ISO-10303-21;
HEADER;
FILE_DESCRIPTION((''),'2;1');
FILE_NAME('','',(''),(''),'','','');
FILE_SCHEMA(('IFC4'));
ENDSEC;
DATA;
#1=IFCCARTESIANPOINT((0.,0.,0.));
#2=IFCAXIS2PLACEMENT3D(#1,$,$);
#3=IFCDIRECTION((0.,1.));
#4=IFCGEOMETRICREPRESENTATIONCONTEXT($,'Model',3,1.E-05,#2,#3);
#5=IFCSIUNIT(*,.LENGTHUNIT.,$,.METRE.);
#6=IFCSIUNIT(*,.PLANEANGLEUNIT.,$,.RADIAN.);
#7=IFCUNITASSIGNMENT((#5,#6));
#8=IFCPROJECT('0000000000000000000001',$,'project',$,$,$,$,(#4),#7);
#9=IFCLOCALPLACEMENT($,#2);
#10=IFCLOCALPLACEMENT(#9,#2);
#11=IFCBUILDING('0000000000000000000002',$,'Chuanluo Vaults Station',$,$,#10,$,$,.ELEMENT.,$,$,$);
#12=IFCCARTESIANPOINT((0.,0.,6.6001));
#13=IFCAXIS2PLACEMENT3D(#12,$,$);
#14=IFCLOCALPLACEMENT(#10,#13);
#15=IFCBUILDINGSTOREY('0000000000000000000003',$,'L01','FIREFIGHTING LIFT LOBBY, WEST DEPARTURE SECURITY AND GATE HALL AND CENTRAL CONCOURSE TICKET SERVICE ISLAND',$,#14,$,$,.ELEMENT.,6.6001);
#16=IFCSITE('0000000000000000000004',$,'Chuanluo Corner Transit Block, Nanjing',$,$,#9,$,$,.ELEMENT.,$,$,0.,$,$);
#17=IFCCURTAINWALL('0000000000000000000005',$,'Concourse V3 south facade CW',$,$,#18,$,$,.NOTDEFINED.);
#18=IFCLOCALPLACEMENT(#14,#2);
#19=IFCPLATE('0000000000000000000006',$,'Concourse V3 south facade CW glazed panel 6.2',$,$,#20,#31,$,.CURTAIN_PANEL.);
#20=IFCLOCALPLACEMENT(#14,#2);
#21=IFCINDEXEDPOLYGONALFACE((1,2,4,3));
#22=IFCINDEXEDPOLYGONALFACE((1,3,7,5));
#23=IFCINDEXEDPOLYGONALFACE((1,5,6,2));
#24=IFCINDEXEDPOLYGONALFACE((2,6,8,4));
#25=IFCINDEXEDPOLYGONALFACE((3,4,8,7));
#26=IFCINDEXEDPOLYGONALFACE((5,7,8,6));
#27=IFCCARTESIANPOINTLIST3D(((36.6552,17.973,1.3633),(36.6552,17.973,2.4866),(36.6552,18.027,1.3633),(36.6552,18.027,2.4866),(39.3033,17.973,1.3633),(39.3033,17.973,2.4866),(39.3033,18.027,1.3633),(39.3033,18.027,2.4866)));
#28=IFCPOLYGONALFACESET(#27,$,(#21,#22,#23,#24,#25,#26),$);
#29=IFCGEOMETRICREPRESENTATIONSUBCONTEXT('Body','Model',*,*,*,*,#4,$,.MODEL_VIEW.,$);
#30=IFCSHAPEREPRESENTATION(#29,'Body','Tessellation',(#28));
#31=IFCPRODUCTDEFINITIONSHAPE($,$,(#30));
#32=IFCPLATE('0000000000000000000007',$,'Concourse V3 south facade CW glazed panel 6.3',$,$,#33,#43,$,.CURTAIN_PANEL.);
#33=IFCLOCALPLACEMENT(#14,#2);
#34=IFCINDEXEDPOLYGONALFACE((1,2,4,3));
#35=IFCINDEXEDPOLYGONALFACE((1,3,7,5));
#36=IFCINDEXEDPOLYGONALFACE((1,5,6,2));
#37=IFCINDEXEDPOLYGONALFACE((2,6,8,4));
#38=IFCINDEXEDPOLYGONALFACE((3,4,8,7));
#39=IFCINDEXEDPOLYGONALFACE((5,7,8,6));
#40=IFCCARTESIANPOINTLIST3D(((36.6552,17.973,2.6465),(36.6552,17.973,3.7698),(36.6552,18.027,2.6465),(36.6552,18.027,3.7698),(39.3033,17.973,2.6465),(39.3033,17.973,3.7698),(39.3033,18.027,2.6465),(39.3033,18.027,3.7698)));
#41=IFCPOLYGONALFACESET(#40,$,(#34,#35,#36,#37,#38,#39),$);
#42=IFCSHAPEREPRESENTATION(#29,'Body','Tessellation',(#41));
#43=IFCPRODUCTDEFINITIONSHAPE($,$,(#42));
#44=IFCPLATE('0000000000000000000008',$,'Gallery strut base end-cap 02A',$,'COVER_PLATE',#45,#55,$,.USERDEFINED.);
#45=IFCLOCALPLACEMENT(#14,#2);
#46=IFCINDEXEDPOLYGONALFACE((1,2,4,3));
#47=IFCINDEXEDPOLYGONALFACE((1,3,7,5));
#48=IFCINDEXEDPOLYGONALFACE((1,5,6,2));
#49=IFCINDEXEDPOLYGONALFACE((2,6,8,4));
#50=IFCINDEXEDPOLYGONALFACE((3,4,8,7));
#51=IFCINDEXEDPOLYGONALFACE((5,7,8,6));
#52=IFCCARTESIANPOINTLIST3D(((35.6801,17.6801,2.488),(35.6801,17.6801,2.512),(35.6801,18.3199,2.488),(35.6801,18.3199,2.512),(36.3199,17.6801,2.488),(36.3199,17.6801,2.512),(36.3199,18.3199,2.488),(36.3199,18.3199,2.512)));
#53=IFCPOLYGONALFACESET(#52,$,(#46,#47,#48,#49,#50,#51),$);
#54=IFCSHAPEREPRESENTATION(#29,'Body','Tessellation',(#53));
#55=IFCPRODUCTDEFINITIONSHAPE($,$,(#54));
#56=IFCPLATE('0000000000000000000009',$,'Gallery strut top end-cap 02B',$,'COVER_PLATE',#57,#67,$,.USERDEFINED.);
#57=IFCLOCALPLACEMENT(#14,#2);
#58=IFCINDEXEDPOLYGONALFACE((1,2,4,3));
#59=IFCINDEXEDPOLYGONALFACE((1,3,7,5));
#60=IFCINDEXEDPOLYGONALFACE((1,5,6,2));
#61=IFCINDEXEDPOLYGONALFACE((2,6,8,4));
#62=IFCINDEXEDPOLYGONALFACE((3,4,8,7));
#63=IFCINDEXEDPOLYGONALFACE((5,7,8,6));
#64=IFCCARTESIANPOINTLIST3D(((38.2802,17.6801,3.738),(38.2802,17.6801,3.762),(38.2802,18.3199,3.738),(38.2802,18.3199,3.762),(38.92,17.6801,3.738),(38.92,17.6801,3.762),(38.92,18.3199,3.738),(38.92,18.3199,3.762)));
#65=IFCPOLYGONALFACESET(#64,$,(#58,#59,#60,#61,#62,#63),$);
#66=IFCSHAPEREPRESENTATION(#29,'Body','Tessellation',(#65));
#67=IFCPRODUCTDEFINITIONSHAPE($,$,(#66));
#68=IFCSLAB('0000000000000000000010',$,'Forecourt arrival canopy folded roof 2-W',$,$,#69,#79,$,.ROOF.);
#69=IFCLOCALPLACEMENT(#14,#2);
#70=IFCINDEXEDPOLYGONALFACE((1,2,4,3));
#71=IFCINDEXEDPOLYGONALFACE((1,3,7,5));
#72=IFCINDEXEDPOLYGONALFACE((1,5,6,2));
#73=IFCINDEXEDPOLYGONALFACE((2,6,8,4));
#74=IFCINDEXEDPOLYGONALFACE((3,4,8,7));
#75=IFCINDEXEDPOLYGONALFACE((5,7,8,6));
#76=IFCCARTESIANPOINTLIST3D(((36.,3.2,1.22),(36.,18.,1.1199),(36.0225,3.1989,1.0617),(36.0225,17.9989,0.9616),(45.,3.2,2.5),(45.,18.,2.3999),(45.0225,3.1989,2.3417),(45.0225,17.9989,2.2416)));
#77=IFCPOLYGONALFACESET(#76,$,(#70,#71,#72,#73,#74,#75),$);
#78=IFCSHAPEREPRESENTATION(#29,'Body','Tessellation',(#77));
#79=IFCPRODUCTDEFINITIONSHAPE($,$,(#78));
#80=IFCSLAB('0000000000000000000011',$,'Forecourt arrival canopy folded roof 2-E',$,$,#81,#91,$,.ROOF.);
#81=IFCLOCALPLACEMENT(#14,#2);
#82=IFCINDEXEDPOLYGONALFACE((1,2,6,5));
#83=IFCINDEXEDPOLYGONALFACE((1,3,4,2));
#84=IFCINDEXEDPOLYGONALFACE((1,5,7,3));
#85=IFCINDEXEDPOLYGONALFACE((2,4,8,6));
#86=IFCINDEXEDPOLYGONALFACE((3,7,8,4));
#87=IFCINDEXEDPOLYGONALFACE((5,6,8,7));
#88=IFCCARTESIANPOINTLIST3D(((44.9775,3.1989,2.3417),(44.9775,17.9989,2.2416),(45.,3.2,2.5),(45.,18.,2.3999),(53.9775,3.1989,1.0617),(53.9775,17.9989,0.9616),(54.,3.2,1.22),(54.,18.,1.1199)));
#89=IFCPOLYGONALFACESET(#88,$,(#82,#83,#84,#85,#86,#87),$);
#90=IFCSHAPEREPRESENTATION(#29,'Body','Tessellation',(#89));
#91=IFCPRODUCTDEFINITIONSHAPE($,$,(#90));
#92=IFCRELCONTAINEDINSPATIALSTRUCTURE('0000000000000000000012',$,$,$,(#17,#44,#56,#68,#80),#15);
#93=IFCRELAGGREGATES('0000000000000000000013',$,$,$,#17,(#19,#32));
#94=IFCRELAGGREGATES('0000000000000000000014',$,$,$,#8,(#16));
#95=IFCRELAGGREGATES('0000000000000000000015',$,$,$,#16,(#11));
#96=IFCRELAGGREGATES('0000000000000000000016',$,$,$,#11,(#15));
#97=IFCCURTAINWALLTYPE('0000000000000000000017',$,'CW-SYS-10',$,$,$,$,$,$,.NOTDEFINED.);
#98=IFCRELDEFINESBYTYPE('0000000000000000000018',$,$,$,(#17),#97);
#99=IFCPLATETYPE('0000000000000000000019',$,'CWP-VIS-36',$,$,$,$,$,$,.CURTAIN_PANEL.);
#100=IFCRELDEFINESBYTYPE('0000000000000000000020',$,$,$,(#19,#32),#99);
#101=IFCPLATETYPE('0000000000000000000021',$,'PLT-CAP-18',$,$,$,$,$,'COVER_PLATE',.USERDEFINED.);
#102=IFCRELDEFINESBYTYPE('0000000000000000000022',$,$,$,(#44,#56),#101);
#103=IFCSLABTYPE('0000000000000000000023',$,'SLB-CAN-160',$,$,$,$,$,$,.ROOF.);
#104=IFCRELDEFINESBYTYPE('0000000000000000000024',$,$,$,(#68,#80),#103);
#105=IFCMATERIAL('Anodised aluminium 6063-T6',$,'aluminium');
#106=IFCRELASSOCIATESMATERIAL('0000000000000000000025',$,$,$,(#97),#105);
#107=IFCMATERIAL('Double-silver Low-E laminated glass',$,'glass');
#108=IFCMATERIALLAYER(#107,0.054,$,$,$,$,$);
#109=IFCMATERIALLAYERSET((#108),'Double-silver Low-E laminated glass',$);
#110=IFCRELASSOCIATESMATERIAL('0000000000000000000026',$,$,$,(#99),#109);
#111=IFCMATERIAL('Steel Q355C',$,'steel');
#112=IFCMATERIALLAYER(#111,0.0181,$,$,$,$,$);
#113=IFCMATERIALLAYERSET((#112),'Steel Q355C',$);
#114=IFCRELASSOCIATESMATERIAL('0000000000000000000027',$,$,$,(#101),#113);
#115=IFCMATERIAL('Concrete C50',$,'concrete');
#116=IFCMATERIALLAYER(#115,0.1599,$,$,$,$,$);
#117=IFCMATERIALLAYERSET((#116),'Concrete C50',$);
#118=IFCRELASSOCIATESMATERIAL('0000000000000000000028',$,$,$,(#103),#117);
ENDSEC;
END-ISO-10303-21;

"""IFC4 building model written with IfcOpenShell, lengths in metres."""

from ifc_helpers import new_model, si_unit, direction, frame, origin, origin_2d, place, context, subcontext, project, spatial, polyline, rectangle, outline, extrude, material, layer, layer_set, type_object, element, aggregate, save


model = new_model("IFC4")

# Units and contexts
model_context = context("Model", 3, precision=1e-05, world=origin(), true_north=direction((0.0, 1.0)))
body_context = subcontext(model_context, "Body", "Model", "MODEL_VIEW")
ifc_project = project(units=[si_unit("LENGTHUNIT", "METRE"), si_unit("PLANEANGLEUNIT", "RADIAN")], contexts=[model_context])

# Site, building, storey
site_placement = place(None, origin())
site = spatial("IfcSite", under=ifc_project, at=site_placement, Name="Chuanluo Corner Transit Block, Nanjing", CompositionType="ELEMENT", RefElevation=0.0)
building_placement = place(site_placement, origin())
building = spatial("IfcBuilding", under=site, at=building_placement, Name="Chuanluo Vaults Station", CompositionType="ELEMENT")
storey_placement = place(building_placement, frame((0.0, 0.0, 6.6001)))
storey = spatial("IfcBuildingStorey", under=building, at=storey_placement, Name="L01", Description="FIREFIGHTING LIFT LOBBY, WEST DEPARTURE SECURITY AND GATE HALL AND CENTRAL CONCOURSE TICKET SERVICE ISLAND", CompositionType="ELEMENT", Elevation=6.6001)

# Curtain wall
ifc_material_1 = material(Name="Anodised aluminium 6063-T6", Category="aluminium")
curtain_wall_type = type_object("IfcCurtainWallType", Name="CW-SYS-10", PredefinedType="NOTDEFINED", material=ifc_material_1)
curtain_wall_placement = place(storey_placement, origin())
curtain_wall = element("IfcCurtainWall", 1, at=curtain_wall_placement, inside=storey, type_object=curtain_wall_type, Name="Concourse V3 south facade CW", PredefinedType="NOTDEFINED")

# Plates
ifc_material_2 = material(Name="Double-silver Low-E laminated glass", Category="glass")
ifc_layer_1 = layer(ifc_material_2, 0.054)
ifc_layer_set_1 = layer_set([ifc_layer_1], Name="Double-silver Low-E laminated glass")
plate_type_1 = type_object("IfcPlateType", Name="CWP-VIS-36", PredefinedType="CURTAIN_PANEL", material=ifc_layer_set_1)
plate_1_placement = place(storey_placement, frame((37.9792, 18.0, 1.3633), z_axis=(0.0, 0.0, 1.0), x_axis=(-1.0, 0.0, 0.0)))
plate_1 = element("IfcPlate", 2, at=plate_1_placement, type_object=plate_type_1, Name="Concourse V3 south facade CW glazed panel 6.2", PredefinedType="CURTAIN_PANEL", context=body_context, shape_type="SweptSolid", body=[
    extrude(rectangle(XDim=2.6482, YDim=0.054, at=origin_2d()), origin(), (0.0, 0.0, 1.0), 1.1233),
])
plate_2_placement = place(storey_placement, frame((37.9792, 18.0, 2.6465), z_axis=(0.0, 0.0, 1.0), x_axis=(-1.0, 0.0, 0.0)))
plate_2 = element("IfcPlate", 3, at=plate_2_placement, type_object=plate_type_1, Name="Concourse V3 south facade CW glazed panel 6.3", PredefinedType="CURTAIN_PANEL", context=body_context, shape_type="SweptSolid", body=[
    extrude(rectangle(XDim=2.6482, YDim=0.054, at=origin_2d()), origin(), (0.0, 0.0, 1.0), 1.1233),
])
aggregate(curtain_wall, [plate_1, plate_2])

# Plates
ifc_material_3 = material(Name="Steel Q355C", Category="steel")
ifc_layer_2 = layer(ifc_material_3, 0.0181)
ifc_layer_set_2 = layer_set([ifc_layer_2], Name="Steel Q355C")
plate_type_2 = type_object("IfcPlateType", Name="PLT-CAP-18", ElementType="COVER_PLATE", PredefinedType="USERDEFINED", material=ifc_layer_set_2)
for number, where, z_axis, x_axis, name in (
    (4, (36.0, 18.0, 2.488), (0.0, 0.0, 1.0), (1.0, 0.0, 0.0), "Gallery strut base end-cap 02A"),
    (5, (38.6001, 18.0, 3.738), (0.0, 0.0, 1.0), (1.0, 0.0, 0.0), "Gallery strut top end-cap 02B"),
):
    element("IfcPlate", number, at=place(storey_placement, frame(where, z_axis=z_axis, x_axis=x_axis)), inside=storey, type_object=plate_type_2, Name=name, ObjectType="COVER_PLATE", PredefinedType="USERDEFINED", context=body_context, shape_type="SweptSolid", body=[
        extrude(rectangle(XDim=0.6399, YDim=0.6399, at=origin_2d()), origin(), (0.0, 0.0, 1.0), 0.0239),
    ])

# Slabs
ifc_material_4 = material(Name="Concrete C50", Category="concrete")
ifc_layer_3 = layer(ifc_material_4, 0.1599)
ifc_layer_set_3 = layer_set([ifc_layer_3], Name="Concrete C50")
slab_type = type_object("IfcSlabType", Name="SLB-CAN-160", PredefinedType="ROOF", material=ifc_layer_set_3)
slab_1_placement = place(storey_placement, frame((36.0, 3.2, 1.22), z_axis=(-0.140805, 0.006696, 0.990015), x_axis=(0.990037, 0.0, 0.140808)))
element("IfcSlab", 6, at=slab_1_placement, inside=storey, type_object=slab_type, Name="Forecourt arrival canopy folded roof 2-W", PredefinedType="ROOF", context=body_context, shape_type="SweptSolid", body=[
    extrude(outline(polyline([(0.0, 0.0), (9.0906, 0.0), (9.0765, 14.8004), (-0.0141, 14.8004), (0.0, 0.0)])), origin(), (0.0, 0.0, -1.0), 0.1599),
])
slab_2_placement = place(storey_placement, frame((45.0, 3.2, 2.5), z_axis=(0.140805, 0.006696, 0.990015), x_axis=(0.990037, 0.0, -0.140808)))
element("IfcSlab", 7, at=slab_2_placement, inside=storey, type_object=slab_type, Name="Forecourt arrival canopy folded roof 2-E", PredefinedType="ROOF", context=body_context, shape_type="SweptSolid", body=[
    extrude(outline(polyline([(0.0, 0.0), (9.0906, 0.0), (9.1047, 14.8004), (0.0141, 14.8004), (0.0, 0.0)])), origin(), (0.0, 0.0, -1.0), 0.1599),
])

save(model, "model.ifc")
